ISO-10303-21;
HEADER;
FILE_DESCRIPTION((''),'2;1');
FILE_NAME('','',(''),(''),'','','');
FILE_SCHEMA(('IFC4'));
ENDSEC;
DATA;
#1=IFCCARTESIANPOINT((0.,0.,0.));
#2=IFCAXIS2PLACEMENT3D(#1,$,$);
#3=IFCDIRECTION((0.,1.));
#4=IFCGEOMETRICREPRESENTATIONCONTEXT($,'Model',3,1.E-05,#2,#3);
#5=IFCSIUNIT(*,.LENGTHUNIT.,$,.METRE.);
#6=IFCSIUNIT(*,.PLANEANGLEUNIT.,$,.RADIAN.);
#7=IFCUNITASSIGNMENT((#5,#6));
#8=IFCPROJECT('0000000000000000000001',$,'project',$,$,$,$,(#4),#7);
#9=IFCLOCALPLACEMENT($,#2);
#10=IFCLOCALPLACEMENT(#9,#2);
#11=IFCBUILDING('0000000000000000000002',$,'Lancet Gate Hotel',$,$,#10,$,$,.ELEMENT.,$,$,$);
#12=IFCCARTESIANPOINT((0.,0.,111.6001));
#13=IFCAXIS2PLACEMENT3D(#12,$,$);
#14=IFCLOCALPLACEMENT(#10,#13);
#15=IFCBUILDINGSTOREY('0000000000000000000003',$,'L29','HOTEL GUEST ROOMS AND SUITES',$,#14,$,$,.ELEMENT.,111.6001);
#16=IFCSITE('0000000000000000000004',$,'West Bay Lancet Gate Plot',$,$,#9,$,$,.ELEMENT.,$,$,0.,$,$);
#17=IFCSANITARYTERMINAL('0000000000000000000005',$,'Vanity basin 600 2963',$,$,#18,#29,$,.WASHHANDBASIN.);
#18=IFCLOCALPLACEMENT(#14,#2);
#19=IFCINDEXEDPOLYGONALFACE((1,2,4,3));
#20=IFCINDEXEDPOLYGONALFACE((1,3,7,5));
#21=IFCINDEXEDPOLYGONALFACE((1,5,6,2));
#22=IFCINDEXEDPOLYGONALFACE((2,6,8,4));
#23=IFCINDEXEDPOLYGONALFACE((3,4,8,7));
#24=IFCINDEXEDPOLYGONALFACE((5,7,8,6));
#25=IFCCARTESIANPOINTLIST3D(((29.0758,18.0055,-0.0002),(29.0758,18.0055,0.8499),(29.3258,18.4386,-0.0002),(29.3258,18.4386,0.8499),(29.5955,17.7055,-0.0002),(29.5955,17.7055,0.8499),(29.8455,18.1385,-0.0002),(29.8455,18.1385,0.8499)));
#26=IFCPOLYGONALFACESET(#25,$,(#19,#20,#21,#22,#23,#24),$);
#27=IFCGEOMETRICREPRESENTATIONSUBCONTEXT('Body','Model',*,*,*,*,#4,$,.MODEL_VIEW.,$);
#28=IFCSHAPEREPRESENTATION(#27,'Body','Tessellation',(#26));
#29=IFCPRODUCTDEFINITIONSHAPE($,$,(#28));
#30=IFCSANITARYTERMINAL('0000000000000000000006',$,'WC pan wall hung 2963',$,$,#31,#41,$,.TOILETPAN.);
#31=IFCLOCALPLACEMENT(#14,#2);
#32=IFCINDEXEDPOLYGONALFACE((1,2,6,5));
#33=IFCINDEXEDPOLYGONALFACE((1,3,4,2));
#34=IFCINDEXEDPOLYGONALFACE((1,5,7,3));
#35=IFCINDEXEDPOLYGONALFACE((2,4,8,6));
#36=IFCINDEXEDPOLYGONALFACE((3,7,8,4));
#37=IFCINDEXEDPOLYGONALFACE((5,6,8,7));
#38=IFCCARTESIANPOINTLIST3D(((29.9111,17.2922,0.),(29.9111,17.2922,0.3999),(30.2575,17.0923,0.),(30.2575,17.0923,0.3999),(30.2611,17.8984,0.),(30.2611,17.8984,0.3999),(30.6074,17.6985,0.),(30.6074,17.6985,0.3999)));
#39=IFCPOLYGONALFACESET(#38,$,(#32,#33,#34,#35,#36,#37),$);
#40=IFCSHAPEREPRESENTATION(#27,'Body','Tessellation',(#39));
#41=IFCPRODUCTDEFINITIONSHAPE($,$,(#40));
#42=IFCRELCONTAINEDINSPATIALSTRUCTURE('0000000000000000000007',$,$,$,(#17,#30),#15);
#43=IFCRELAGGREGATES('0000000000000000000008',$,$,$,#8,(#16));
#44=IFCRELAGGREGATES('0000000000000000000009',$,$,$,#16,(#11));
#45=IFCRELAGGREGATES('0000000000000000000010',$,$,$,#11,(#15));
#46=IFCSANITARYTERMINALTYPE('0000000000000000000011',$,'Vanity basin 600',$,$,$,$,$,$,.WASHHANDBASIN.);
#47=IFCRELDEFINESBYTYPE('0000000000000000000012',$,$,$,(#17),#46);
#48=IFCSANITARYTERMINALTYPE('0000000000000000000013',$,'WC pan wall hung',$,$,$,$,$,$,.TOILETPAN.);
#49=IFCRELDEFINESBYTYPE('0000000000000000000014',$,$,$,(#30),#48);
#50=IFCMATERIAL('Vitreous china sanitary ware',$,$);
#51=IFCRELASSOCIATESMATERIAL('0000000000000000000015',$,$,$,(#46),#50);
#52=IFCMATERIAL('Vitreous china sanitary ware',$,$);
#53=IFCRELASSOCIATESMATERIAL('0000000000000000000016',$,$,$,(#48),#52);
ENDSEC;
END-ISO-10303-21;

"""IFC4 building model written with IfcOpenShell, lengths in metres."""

from ifc_helpers import new_model, si_unit, direction, frame, origin, origin_2d, place, context, subcontext, project, spatial, rectangle, extrude, material, type_object, element, save


model = new_model("IFC4")

# Units and contexts
model_context = context("Model", 3, precision=1e-05, world=origin(), true_north=direction((0.0, 1.0)))
body_context = subcontext(model_context, "Body", "Model", "MODEL_VIEW")
ifc_project = project(units=[si_unit("LENGTHUNIT", "METRE"), si_unit("PLANEANGLEUNIT", "RADIAN")], contexts=[model_context])

# Site, building, storey
site_placement = place(None, origin())
site = spatial("IfcSite", under=ifc_project, at=site_placement, Name="West Bay Lancet Gate Plot", CompositionType="ELEMENT", RefElevation=0.0)
building_placement = place(site_placement, origin())
building = spatial("IfcBuilding", under=site, at=building_placement, Name="Lancet Gate Hotel", CompositionType="ELEMENT")
storey_placement = place(building_placement, frame((0.0, 0.0, 111.6001)))
storey = spatial("IfcBuildingStorey", under=building, at=storey_placement, Name="L29", Description="HOTEL GUEST ROOMS AND SUITES", CompositionType="ELEMENT", Elevation=111.6001)

# Sanitary terminals
ifc_material_1 = material(Name="Vitreous china sanitary ware")
sanitary_terminal_type_1 = type_object("IfcSanitaryTerminalType", Name="Vanity basin 600", PredefinedType="WASHHANDBASIN", material=ifc_material_1)
sanitary_terminal_1_placement = place(storey_placement, frame((29.4607, 18.072, -0.0002), z_axis=(0.0, 0.0, 1.0), x_axis=(0.866025, -0.5, 0.0)))
element("IfcSanitaryTerminal", 1, at=sanitary_terminal_1_placement, inside=storey, type_object=sanitary_terminal_type_1, Name="Vanity basin 600 2963", PredefinedType="WASHHANDBASIN", context=body_context, shape_type="SweptSolid", body=[
    extrude(rectangle(XDim=0.6001, YDim=0.5, at=origin_2d()), origin(), (0.0, 0.0, 1.0), 0.8501),
])
ifc_material_2 = material(Name="Vitreous china sanitary ware")
sanitary_terminal_type_2 = type_object("IfcSanitaryTerminalType", Name="WC pan wall hung", PredefinedType="TOILETPAN", material=ifc_material_2)
sanitary_terminal_2_placement = place(storey_placement, frame((30.2593, 17.4954, 0.0), z_axis=(0.0, 0.0, 1.0), x_axis=(0.866025, -0.5, 0.0)))
element("IfcSanitaryTerminal", 2, at=sanitary_terminal_2_placement, inside=storey, type_object=sanitary_terminal_type_2, Name="WC pan wall hung 2963", PredefinedType="TOILETPAN", context=body_context, shape_type="SweptSolid", body=[
    extrude(rectangle(XDim=0.3999, YDim=0.7, at=origin_2d()), origin(), (0.0, 0.0, 1.0), 0.3999),
])

save(model, "model.ifc")
